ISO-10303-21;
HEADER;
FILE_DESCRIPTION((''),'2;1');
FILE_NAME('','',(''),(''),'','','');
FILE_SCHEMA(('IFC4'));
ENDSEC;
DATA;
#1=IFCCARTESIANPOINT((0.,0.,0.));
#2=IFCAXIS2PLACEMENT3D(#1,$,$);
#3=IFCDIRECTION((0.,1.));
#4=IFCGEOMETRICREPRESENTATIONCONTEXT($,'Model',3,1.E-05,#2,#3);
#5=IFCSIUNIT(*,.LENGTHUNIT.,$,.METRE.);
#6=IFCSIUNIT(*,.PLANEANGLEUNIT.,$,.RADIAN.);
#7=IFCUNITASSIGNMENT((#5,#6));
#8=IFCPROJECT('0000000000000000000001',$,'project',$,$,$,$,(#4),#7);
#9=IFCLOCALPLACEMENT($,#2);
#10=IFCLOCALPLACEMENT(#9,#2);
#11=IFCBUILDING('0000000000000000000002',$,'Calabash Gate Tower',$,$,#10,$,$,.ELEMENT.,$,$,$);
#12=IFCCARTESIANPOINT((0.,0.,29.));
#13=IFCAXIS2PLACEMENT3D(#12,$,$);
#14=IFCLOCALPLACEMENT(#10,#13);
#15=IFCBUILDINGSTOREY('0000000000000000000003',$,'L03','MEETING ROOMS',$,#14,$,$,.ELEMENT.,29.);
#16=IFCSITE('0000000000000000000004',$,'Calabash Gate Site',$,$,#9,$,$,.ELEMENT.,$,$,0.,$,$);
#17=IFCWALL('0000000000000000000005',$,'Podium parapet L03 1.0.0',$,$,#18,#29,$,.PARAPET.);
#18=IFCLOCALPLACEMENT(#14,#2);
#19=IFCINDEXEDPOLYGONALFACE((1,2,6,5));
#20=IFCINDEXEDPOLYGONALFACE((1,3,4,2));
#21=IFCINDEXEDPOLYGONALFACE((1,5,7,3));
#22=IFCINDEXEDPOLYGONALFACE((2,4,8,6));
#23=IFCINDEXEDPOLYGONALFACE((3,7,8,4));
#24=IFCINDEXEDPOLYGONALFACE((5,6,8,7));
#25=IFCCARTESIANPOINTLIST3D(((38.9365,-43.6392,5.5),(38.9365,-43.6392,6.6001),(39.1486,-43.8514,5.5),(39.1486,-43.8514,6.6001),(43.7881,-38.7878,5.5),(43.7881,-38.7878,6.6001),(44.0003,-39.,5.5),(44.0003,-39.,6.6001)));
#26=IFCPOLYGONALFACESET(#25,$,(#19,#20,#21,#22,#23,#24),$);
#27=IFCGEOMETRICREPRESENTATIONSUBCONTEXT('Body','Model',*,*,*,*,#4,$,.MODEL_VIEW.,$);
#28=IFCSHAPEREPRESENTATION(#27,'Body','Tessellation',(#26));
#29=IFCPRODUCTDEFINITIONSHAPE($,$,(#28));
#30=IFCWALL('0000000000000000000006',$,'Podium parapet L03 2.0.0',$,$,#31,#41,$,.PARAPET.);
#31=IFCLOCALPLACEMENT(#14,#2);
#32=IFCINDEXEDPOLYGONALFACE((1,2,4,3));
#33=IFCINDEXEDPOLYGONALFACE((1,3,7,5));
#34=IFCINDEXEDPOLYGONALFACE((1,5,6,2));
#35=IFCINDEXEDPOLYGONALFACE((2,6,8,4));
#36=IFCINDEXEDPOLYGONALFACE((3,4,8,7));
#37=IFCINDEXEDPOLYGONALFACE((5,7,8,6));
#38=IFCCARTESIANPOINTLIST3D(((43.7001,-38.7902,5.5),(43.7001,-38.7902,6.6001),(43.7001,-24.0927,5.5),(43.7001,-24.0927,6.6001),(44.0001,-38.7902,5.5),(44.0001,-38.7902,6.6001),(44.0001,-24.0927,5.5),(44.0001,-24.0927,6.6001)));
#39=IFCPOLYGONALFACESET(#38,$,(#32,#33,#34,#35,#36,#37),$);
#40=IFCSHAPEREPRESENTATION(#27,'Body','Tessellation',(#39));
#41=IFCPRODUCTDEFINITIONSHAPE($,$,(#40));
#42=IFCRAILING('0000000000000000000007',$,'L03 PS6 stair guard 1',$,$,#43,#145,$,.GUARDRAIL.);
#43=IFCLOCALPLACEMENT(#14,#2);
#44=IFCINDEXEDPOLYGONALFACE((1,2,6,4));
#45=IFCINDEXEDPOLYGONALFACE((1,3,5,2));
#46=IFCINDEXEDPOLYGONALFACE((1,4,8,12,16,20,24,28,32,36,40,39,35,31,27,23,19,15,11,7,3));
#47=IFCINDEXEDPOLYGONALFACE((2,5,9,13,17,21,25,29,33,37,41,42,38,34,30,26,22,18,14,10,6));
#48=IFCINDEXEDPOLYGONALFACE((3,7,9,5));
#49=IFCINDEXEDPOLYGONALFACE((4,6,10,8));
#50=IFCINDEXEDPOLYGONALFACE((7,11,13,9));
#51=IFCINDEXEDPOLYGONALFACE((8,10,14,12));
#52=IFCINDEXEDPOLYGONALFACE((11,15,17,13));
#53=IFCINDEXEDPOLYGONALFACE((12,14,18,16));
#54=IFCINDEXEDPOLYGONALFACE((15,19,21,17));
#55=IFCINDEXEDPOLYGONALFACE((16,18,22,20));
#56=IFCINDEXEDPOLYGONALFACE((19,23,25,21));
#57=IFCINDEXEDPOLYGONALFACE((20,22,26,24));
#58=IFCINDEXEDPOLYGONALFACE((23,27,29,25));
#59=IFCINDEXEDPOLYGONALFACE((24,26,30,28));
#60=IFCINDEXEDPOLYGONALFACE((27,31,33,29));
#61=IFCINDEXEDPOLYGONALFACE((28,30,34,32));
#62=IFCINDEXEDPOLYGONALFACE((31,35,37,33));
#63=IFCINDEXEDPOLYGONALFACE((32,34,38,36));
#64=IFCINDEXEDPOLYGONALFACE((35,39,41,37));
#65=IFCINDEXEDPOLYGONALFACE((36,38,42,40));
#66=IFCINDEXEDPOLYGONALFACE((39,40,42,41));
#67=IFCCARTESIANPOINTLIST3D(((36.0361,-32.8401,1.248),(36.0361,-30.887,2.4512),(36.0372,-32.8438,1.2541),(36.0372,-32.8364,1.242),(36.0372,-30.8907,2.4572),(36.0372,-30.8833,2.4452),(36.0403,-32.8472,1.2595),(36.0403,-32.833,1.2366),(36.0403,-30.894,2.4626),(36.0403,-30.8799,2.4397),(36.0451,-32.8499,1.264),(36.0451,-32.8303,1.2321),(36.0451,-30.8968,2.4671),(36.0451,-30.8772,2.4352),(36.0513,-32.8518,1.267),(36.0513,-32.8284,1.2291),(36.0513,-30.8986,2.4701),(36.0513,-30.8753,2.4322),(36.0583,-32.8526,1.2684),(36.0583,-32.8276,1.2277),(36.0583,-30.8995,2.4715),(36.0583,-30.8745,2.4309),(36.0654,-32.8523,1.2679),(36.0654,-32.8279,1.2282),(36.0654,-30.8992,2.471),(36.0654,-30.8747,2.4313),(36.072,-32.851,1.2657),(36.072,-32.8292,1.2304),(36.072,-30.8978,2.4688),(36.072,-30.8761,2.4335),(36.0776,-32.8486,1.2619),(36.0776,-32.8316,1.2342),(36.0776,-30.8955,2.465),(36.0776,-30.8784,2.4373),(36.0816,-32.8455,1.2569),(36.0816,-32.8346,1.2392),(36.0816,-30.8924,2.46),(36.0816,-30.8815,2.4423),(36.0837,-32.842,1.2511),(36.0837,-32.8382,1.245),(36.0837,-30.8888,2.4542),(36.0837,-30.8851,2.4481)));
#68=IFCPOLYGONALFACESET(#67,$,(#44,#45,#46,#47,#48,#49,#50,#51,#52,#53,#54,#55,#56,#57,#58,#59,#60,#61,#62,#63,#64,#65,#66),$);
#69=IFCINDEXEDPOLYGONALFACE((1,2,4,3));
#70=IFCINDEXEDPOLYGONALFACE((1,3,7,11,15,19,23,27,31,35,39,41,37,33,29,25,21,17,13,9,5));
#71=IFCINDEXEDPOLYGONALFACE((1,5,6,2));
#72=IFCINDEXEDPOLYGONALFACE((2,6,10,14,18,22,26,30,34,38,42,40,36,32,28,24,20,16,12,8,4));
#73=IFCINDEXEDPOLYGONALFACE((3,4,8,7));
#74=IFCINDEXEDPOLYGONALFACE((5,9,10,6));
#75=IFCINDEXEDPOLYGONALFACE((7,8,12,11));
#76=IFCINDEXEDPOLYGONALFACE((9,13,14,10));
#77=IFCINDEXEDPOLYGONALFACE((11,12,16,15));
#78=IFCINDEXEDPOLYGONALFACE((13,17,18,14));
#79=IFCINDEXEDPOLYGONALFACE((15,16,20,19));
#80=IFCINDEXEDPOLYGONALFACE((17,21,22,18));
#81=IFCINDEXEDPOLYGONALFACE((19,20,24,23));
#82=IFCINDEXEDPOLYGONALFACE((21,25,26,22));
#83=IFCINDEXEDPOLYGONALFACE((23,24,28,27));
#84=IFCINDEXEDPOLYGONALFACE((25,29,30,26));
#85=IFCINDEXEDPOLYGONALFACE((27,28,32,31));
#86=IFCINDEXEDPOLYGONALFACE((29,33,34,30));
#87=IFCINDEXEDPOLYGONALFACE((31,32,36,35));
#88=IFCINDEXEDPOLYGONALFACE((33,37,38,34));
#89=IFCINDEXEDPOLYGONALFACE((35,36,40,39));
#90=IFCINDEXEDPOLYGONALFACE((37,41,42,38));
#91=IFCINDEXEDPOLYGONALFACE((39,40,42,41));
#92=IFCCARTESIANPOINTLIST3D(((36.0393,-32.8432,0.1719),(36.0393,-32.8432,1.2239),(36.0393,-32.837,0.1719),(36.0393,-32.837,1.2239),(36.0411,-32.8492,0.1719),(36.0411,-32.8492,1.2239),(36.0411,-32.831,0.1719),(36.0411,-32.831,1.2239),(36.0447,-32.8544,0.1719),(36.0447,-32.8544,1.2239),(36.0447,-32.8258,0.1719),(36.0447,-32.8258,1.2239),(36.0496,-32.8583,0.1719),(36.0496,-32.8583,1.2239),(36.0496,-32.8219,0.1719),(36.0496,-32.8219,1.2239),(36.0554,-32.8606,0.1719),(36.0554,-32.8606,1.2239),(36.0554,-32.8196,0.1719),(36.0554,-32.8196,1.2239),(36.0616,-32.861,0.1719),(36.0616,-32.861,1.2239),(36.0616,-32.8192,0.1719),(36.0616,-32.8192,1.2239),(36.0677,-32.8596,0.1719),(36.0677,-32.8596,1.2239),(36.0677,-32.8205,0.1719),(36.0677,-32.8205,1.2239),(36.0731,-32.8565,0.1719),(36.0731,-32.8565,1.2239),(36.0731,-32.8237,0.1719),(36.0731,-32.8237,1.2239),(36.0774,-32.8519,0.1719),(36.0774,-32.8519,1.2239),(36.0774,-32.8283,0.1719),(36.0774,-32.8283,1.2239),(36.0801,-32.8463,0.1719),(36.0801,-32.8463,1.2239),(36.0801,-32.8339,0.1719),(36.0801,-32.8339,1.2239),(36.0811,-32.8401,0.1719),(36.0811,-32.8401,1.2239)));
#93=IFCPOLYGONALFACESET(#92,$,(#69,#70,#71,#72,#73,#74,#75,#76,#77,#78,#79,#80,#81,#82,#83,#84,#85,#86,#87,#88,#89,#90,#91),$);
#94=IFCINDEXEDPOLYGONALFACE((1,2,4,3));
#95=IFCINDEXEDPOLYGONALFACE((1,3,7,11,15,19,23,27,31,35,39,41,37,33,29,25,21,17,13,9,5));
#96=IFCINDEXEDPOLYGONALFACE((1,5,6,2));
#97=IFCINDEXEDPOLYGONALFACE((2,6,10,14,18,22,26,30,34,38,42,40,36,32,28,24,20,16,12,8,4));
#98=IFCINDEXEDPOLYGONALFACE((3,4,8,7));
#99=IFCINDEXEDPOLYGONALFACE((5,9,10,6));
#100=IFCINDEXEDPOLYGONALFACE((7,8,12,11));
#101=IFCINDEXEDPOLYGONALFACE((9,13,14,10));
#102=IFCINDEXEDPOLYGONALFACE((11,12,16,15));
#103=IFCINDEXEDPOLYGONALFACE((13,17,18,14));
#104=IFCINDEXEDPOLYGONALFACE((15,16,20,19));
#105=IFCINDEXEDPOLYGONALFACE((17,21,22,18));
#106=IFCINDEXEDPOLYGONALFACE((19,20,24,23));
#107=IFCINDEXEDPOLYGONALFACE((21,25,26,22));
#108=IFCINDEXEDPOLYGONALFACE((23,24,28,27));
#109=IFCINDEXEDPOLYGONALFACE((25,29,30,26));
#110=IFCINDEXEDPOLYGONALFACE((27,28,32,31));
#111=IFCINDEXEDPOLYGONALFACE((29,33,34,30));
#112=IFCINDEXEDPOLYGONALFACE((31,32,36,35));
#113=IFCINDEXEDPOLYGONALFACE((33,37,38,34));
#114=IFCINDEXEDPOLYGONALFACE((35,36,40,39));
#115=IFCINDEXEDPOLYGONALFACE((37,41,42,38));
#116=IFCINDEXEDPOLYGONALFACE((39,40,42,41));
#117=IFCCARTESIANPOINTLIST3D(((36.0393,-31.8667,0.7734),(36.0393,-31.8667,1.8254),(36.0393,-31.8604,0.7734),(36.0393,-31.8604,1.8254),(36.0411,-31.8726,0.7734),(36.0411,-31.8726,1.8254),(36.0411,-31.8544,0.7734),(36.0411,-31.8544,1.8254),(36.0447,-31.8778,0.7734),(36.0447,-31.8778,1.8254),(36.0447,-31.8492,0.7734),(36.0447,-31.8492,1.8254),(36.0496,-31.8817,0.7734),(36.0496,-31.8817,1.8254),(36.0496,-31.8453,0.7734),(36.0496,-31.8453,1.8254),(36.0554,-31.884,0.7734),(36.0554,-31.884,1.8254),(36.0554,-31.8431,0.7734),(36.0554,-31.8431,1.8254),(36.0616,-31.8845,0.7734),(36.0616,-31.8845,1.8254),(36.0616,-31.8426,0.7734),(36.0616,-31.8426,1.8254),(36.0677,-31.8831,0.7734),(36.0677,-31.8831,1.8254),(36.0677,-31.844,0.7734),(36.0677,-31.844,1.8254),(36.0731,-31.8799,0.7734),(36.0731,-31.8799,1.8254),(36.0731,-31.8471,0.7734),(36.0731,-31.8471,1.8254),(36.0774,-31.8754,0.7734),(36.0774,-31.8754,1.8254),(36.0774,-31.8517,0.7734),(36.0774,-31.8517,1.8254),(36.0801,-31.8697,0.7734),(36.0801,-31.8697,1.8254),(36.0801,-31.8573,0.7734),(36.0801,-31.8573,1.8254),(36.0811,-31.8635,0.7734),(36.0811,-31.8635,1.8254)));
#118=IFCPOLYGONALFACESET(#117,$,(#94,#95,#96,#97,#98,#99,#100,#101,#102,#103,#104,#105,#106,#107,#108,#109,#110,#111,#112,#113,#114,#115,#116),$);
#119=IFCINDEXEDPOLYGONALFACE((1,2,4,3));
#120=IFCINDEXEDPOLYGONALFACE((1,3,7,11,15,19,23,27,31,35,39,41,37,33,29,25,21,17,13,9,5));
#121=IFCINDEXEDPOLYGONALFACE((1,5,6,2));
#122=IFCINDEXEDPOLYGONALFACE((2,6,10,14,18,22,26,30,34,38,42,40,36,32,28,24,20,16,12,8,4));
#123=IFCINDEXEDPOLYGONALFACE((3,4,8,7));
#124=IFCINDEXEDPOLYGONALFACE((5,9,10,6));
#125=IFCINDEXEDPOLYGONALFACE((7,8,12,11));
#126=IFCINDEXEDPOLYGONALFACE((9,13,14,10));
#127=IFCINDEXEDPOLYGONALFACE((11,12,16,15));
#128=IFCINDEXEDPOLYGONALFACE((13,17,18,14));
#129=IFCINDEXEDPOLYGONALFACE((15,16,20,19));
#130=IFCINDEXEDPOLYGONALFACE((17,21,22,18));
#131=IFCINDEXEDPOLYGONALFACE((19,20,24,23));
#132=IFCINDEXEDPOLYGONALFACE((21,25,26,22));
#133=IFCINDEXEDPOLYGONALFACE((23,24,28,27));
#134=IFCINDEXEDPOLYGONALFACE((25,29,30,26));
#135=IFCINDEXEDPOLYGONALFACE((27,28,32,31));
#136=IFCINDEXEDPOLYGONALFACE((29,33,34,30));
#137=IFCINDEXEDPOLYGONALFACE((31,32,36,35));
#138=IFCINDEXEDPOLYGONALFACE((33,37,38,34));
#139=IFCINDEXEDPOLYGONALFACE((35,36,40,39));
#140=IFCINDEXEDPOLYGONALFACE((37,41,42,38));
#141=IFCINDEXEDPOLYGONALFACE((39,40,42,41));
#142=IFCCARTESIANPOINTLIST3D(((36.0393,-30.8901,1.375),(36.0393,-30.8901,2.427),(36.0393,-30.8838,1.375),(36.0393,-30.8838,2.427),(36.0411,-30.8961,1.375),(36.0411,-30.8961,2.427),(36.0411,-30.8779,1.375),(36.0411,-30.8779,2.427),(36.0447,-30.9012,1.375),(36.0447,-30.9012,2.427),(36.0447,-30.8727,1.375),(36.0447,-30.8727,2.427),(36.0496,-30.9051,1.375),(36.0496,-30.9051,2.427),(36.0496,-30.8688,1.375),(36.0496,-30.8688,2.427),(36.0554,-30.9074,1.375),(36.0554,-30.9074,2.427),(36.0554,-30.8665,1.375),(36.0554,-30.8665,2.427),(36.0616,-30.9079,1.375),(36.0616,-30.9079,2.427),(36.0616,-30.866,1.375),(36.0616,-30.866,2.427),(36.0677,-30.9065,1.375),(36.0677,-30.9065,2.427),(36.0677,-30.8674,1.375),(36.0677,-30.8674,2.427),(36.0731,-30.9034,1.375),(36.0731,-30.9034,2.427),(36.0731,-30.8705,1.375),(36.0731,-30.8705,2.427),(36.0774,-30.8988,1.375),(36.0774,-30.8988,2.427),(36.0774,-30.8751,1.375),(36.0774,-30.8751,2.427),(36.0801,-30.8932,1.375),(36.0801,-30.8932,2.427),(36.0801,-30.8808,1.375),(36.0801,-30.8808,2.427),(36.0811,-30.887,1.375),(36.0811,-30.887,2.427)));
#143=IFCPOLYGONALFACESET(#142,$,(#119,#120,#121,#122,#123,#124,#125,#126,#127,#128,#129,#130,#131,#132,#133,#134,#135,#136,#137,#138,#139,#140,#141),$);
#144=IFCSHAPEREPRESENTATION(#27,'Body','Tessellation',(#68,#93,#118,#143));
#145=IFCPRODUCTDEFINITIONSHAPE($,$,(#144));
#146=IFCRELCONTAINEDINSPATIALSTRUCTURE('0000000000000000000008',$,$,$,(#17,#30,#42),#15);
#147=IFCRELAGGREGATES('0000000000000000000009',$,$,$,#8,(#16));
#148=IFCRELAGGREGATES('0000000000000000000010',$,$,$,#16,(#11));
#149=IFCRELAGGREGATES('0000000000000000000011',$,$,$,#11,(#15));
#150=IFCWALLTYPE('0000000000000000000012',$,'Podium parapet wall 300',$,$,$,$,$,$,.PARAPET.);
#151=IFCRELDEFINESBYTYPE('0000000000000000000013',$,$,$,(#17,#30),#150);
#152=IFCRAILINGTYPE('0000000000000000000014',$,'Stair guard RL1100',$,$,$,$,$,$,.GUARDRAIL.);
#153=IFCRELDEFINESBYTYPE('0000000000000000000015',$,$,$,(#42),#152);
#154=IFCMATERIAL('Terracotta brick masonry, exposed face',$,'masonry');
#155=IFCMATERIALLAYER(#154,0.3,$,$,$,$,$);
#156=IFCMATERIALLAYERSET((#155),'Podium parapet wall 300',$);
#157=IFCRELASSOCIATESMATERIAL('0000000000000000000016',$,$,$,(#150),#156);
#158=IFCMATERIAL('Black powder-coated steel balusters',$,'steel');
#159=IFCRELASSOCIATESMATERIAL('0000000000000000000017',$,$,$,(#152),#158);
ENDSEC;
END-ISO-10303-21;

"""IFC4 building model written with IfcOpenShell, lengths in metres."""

from ifc_helpers import new_model, si_unit, direction, frame, frame_2d, origin, origin_2d, place, context, subcontext, project, spatial, rectangle, circle, extrude, material, layer, layer_set, type_object, element, save


model = new_model("IFC4")

# Units and contexts
model_context = context("Model", 3, precision=1e-05, world=origin(), true_north=direction((0.0, 1.0)))
body_context = subcontext(model_context, "Body", "Model", "MODEL_VIEW")
ifc_project = project(units=[si_unit("LENGTHUNIT", "METRE"), si_unit("PLANEANGLEUNIT", "RADIAN")], contexts=[model_context])

# Site, building, storey
site_placement = place(None, origin())
site = spatial("IfcSite", under=ifc_project, at=site_placement, Name="Calabash Gate Site", CompositionType="ELEMENT", RefElevation=0.0)
building_placement = place(site_placement, origin())
building = spatial("IfcBuilding", under=site, at=building_placement, Name="Calabash Gate Tower", CompositionType="ELEMENT")
storey_placement = place(building_placement, frame((0.0, 0.0, 29.0)))
storey = spatial("IfcBuildingStorey", under=building, at=storey_placement, Name="L03", Description="MEETING ROOMS", CompositionType="ELEMENT", Elevation=29.0)

# Walls
ifc_material_1 = material(Name="Terracotta brick masonry, exposed face", Category="masonry")
ifc_layer_1 = layer(ifc_material_1, 0.3)
ifc_layer_set_1 = layer_set([ifc_layer_1], Name="Podium parapet wall 300")
wall_type_1 = type_object("IfcWallType", Name="Podium parapet wall 300", PredefinedType="PARAPET", material=ifc_layer_set_1)
wall_1_placement = place(storey_placement, frame((39.0425, -43.7454, 5.5), z_axis=(0.0, 0.0, 1.0), x_axis=(0.707125, 0.707089, 0.0)))
element("IfcWall", 1, at=wall_1_placement, inside=storey, type_object=wall_type_1, Name="Podium parapet L03 1.0.0", PredefinedType="PARAPET", context=body_context, shape_type="SweptSolid", body=[
    extrude(rectangle(XDim=6.8611, YDim=0.3, at=frame_2d((3.4307, 0.0))), origin(), (0.0, 0.0, 1.0), 1.1001),
])
wall_2_placement = place(storey_placement, frame((43.8501, -38.79, 5.5), z_axis=(0.0, 0.0, 1.0), x_axis=(0.0, 1.0, 0.0)))
element("IfcWall", 2, at=wall_2_placement, inside=storey, type_object=wall_type_1, Name="Podium parapet L03 2.0.0", PredefinedType="PARAPET", context=body_context, shape_type="SweptSolid", body=[
    extrude(rectangle(XDim=14.6975, YDim=0.3, at=frame_2d((7.3486, 0.0))), origin(), (0.0, 0.0, 1.0), 1.1001),
])

# Railing
ifc_material_2 = material(Name="Black powder-coated steel balusters", Category="steel")
railing_type_1 = type_object("IfcRailingType", Name="Stair guard RL1100", PredefinedType="GUARDRAIL", material=ifc_material_2)
railing_1_placement = place(storey_placement, frame((36.0601, -32.8401, 0.1719)))
element("IfcRailing", 3, at=railing_1_placement, inside=storey, type_object=railing_type_1, Name="L03 PS6 stair guard 1", PredefinedType="GUARDRAIL", context=body_context, shape_type="SweptSolid", body=[
    extrude(circle(Radius=0.0239, at=origin_2d()), frame((0.0, 0.0, 1.0762), z_axis=(0.0, 0.851424, 0.524477), x_axis=(-1.0, 0.0, 0.0)), (0.0, 0.0, 1.0), 2.2939),
    extrude(circle(Radius=0.021, at=origin_2d()), origin(), (0.0, 0.0, 1.0), 1.052),
    extrude(circle(Radius=0.021, at=origin_2d()), frame((0.0, 0.9766, 0.6016)), (0.0, 0.0, 1.0), 1.052),
    extrude(circle(Radius=0.021, at=origin_2d()), frame((0.0, 1.9531, 1.2031)), (0.0, 0.0, 1.0), 1.052),
])

save(model, "model.ifc")
